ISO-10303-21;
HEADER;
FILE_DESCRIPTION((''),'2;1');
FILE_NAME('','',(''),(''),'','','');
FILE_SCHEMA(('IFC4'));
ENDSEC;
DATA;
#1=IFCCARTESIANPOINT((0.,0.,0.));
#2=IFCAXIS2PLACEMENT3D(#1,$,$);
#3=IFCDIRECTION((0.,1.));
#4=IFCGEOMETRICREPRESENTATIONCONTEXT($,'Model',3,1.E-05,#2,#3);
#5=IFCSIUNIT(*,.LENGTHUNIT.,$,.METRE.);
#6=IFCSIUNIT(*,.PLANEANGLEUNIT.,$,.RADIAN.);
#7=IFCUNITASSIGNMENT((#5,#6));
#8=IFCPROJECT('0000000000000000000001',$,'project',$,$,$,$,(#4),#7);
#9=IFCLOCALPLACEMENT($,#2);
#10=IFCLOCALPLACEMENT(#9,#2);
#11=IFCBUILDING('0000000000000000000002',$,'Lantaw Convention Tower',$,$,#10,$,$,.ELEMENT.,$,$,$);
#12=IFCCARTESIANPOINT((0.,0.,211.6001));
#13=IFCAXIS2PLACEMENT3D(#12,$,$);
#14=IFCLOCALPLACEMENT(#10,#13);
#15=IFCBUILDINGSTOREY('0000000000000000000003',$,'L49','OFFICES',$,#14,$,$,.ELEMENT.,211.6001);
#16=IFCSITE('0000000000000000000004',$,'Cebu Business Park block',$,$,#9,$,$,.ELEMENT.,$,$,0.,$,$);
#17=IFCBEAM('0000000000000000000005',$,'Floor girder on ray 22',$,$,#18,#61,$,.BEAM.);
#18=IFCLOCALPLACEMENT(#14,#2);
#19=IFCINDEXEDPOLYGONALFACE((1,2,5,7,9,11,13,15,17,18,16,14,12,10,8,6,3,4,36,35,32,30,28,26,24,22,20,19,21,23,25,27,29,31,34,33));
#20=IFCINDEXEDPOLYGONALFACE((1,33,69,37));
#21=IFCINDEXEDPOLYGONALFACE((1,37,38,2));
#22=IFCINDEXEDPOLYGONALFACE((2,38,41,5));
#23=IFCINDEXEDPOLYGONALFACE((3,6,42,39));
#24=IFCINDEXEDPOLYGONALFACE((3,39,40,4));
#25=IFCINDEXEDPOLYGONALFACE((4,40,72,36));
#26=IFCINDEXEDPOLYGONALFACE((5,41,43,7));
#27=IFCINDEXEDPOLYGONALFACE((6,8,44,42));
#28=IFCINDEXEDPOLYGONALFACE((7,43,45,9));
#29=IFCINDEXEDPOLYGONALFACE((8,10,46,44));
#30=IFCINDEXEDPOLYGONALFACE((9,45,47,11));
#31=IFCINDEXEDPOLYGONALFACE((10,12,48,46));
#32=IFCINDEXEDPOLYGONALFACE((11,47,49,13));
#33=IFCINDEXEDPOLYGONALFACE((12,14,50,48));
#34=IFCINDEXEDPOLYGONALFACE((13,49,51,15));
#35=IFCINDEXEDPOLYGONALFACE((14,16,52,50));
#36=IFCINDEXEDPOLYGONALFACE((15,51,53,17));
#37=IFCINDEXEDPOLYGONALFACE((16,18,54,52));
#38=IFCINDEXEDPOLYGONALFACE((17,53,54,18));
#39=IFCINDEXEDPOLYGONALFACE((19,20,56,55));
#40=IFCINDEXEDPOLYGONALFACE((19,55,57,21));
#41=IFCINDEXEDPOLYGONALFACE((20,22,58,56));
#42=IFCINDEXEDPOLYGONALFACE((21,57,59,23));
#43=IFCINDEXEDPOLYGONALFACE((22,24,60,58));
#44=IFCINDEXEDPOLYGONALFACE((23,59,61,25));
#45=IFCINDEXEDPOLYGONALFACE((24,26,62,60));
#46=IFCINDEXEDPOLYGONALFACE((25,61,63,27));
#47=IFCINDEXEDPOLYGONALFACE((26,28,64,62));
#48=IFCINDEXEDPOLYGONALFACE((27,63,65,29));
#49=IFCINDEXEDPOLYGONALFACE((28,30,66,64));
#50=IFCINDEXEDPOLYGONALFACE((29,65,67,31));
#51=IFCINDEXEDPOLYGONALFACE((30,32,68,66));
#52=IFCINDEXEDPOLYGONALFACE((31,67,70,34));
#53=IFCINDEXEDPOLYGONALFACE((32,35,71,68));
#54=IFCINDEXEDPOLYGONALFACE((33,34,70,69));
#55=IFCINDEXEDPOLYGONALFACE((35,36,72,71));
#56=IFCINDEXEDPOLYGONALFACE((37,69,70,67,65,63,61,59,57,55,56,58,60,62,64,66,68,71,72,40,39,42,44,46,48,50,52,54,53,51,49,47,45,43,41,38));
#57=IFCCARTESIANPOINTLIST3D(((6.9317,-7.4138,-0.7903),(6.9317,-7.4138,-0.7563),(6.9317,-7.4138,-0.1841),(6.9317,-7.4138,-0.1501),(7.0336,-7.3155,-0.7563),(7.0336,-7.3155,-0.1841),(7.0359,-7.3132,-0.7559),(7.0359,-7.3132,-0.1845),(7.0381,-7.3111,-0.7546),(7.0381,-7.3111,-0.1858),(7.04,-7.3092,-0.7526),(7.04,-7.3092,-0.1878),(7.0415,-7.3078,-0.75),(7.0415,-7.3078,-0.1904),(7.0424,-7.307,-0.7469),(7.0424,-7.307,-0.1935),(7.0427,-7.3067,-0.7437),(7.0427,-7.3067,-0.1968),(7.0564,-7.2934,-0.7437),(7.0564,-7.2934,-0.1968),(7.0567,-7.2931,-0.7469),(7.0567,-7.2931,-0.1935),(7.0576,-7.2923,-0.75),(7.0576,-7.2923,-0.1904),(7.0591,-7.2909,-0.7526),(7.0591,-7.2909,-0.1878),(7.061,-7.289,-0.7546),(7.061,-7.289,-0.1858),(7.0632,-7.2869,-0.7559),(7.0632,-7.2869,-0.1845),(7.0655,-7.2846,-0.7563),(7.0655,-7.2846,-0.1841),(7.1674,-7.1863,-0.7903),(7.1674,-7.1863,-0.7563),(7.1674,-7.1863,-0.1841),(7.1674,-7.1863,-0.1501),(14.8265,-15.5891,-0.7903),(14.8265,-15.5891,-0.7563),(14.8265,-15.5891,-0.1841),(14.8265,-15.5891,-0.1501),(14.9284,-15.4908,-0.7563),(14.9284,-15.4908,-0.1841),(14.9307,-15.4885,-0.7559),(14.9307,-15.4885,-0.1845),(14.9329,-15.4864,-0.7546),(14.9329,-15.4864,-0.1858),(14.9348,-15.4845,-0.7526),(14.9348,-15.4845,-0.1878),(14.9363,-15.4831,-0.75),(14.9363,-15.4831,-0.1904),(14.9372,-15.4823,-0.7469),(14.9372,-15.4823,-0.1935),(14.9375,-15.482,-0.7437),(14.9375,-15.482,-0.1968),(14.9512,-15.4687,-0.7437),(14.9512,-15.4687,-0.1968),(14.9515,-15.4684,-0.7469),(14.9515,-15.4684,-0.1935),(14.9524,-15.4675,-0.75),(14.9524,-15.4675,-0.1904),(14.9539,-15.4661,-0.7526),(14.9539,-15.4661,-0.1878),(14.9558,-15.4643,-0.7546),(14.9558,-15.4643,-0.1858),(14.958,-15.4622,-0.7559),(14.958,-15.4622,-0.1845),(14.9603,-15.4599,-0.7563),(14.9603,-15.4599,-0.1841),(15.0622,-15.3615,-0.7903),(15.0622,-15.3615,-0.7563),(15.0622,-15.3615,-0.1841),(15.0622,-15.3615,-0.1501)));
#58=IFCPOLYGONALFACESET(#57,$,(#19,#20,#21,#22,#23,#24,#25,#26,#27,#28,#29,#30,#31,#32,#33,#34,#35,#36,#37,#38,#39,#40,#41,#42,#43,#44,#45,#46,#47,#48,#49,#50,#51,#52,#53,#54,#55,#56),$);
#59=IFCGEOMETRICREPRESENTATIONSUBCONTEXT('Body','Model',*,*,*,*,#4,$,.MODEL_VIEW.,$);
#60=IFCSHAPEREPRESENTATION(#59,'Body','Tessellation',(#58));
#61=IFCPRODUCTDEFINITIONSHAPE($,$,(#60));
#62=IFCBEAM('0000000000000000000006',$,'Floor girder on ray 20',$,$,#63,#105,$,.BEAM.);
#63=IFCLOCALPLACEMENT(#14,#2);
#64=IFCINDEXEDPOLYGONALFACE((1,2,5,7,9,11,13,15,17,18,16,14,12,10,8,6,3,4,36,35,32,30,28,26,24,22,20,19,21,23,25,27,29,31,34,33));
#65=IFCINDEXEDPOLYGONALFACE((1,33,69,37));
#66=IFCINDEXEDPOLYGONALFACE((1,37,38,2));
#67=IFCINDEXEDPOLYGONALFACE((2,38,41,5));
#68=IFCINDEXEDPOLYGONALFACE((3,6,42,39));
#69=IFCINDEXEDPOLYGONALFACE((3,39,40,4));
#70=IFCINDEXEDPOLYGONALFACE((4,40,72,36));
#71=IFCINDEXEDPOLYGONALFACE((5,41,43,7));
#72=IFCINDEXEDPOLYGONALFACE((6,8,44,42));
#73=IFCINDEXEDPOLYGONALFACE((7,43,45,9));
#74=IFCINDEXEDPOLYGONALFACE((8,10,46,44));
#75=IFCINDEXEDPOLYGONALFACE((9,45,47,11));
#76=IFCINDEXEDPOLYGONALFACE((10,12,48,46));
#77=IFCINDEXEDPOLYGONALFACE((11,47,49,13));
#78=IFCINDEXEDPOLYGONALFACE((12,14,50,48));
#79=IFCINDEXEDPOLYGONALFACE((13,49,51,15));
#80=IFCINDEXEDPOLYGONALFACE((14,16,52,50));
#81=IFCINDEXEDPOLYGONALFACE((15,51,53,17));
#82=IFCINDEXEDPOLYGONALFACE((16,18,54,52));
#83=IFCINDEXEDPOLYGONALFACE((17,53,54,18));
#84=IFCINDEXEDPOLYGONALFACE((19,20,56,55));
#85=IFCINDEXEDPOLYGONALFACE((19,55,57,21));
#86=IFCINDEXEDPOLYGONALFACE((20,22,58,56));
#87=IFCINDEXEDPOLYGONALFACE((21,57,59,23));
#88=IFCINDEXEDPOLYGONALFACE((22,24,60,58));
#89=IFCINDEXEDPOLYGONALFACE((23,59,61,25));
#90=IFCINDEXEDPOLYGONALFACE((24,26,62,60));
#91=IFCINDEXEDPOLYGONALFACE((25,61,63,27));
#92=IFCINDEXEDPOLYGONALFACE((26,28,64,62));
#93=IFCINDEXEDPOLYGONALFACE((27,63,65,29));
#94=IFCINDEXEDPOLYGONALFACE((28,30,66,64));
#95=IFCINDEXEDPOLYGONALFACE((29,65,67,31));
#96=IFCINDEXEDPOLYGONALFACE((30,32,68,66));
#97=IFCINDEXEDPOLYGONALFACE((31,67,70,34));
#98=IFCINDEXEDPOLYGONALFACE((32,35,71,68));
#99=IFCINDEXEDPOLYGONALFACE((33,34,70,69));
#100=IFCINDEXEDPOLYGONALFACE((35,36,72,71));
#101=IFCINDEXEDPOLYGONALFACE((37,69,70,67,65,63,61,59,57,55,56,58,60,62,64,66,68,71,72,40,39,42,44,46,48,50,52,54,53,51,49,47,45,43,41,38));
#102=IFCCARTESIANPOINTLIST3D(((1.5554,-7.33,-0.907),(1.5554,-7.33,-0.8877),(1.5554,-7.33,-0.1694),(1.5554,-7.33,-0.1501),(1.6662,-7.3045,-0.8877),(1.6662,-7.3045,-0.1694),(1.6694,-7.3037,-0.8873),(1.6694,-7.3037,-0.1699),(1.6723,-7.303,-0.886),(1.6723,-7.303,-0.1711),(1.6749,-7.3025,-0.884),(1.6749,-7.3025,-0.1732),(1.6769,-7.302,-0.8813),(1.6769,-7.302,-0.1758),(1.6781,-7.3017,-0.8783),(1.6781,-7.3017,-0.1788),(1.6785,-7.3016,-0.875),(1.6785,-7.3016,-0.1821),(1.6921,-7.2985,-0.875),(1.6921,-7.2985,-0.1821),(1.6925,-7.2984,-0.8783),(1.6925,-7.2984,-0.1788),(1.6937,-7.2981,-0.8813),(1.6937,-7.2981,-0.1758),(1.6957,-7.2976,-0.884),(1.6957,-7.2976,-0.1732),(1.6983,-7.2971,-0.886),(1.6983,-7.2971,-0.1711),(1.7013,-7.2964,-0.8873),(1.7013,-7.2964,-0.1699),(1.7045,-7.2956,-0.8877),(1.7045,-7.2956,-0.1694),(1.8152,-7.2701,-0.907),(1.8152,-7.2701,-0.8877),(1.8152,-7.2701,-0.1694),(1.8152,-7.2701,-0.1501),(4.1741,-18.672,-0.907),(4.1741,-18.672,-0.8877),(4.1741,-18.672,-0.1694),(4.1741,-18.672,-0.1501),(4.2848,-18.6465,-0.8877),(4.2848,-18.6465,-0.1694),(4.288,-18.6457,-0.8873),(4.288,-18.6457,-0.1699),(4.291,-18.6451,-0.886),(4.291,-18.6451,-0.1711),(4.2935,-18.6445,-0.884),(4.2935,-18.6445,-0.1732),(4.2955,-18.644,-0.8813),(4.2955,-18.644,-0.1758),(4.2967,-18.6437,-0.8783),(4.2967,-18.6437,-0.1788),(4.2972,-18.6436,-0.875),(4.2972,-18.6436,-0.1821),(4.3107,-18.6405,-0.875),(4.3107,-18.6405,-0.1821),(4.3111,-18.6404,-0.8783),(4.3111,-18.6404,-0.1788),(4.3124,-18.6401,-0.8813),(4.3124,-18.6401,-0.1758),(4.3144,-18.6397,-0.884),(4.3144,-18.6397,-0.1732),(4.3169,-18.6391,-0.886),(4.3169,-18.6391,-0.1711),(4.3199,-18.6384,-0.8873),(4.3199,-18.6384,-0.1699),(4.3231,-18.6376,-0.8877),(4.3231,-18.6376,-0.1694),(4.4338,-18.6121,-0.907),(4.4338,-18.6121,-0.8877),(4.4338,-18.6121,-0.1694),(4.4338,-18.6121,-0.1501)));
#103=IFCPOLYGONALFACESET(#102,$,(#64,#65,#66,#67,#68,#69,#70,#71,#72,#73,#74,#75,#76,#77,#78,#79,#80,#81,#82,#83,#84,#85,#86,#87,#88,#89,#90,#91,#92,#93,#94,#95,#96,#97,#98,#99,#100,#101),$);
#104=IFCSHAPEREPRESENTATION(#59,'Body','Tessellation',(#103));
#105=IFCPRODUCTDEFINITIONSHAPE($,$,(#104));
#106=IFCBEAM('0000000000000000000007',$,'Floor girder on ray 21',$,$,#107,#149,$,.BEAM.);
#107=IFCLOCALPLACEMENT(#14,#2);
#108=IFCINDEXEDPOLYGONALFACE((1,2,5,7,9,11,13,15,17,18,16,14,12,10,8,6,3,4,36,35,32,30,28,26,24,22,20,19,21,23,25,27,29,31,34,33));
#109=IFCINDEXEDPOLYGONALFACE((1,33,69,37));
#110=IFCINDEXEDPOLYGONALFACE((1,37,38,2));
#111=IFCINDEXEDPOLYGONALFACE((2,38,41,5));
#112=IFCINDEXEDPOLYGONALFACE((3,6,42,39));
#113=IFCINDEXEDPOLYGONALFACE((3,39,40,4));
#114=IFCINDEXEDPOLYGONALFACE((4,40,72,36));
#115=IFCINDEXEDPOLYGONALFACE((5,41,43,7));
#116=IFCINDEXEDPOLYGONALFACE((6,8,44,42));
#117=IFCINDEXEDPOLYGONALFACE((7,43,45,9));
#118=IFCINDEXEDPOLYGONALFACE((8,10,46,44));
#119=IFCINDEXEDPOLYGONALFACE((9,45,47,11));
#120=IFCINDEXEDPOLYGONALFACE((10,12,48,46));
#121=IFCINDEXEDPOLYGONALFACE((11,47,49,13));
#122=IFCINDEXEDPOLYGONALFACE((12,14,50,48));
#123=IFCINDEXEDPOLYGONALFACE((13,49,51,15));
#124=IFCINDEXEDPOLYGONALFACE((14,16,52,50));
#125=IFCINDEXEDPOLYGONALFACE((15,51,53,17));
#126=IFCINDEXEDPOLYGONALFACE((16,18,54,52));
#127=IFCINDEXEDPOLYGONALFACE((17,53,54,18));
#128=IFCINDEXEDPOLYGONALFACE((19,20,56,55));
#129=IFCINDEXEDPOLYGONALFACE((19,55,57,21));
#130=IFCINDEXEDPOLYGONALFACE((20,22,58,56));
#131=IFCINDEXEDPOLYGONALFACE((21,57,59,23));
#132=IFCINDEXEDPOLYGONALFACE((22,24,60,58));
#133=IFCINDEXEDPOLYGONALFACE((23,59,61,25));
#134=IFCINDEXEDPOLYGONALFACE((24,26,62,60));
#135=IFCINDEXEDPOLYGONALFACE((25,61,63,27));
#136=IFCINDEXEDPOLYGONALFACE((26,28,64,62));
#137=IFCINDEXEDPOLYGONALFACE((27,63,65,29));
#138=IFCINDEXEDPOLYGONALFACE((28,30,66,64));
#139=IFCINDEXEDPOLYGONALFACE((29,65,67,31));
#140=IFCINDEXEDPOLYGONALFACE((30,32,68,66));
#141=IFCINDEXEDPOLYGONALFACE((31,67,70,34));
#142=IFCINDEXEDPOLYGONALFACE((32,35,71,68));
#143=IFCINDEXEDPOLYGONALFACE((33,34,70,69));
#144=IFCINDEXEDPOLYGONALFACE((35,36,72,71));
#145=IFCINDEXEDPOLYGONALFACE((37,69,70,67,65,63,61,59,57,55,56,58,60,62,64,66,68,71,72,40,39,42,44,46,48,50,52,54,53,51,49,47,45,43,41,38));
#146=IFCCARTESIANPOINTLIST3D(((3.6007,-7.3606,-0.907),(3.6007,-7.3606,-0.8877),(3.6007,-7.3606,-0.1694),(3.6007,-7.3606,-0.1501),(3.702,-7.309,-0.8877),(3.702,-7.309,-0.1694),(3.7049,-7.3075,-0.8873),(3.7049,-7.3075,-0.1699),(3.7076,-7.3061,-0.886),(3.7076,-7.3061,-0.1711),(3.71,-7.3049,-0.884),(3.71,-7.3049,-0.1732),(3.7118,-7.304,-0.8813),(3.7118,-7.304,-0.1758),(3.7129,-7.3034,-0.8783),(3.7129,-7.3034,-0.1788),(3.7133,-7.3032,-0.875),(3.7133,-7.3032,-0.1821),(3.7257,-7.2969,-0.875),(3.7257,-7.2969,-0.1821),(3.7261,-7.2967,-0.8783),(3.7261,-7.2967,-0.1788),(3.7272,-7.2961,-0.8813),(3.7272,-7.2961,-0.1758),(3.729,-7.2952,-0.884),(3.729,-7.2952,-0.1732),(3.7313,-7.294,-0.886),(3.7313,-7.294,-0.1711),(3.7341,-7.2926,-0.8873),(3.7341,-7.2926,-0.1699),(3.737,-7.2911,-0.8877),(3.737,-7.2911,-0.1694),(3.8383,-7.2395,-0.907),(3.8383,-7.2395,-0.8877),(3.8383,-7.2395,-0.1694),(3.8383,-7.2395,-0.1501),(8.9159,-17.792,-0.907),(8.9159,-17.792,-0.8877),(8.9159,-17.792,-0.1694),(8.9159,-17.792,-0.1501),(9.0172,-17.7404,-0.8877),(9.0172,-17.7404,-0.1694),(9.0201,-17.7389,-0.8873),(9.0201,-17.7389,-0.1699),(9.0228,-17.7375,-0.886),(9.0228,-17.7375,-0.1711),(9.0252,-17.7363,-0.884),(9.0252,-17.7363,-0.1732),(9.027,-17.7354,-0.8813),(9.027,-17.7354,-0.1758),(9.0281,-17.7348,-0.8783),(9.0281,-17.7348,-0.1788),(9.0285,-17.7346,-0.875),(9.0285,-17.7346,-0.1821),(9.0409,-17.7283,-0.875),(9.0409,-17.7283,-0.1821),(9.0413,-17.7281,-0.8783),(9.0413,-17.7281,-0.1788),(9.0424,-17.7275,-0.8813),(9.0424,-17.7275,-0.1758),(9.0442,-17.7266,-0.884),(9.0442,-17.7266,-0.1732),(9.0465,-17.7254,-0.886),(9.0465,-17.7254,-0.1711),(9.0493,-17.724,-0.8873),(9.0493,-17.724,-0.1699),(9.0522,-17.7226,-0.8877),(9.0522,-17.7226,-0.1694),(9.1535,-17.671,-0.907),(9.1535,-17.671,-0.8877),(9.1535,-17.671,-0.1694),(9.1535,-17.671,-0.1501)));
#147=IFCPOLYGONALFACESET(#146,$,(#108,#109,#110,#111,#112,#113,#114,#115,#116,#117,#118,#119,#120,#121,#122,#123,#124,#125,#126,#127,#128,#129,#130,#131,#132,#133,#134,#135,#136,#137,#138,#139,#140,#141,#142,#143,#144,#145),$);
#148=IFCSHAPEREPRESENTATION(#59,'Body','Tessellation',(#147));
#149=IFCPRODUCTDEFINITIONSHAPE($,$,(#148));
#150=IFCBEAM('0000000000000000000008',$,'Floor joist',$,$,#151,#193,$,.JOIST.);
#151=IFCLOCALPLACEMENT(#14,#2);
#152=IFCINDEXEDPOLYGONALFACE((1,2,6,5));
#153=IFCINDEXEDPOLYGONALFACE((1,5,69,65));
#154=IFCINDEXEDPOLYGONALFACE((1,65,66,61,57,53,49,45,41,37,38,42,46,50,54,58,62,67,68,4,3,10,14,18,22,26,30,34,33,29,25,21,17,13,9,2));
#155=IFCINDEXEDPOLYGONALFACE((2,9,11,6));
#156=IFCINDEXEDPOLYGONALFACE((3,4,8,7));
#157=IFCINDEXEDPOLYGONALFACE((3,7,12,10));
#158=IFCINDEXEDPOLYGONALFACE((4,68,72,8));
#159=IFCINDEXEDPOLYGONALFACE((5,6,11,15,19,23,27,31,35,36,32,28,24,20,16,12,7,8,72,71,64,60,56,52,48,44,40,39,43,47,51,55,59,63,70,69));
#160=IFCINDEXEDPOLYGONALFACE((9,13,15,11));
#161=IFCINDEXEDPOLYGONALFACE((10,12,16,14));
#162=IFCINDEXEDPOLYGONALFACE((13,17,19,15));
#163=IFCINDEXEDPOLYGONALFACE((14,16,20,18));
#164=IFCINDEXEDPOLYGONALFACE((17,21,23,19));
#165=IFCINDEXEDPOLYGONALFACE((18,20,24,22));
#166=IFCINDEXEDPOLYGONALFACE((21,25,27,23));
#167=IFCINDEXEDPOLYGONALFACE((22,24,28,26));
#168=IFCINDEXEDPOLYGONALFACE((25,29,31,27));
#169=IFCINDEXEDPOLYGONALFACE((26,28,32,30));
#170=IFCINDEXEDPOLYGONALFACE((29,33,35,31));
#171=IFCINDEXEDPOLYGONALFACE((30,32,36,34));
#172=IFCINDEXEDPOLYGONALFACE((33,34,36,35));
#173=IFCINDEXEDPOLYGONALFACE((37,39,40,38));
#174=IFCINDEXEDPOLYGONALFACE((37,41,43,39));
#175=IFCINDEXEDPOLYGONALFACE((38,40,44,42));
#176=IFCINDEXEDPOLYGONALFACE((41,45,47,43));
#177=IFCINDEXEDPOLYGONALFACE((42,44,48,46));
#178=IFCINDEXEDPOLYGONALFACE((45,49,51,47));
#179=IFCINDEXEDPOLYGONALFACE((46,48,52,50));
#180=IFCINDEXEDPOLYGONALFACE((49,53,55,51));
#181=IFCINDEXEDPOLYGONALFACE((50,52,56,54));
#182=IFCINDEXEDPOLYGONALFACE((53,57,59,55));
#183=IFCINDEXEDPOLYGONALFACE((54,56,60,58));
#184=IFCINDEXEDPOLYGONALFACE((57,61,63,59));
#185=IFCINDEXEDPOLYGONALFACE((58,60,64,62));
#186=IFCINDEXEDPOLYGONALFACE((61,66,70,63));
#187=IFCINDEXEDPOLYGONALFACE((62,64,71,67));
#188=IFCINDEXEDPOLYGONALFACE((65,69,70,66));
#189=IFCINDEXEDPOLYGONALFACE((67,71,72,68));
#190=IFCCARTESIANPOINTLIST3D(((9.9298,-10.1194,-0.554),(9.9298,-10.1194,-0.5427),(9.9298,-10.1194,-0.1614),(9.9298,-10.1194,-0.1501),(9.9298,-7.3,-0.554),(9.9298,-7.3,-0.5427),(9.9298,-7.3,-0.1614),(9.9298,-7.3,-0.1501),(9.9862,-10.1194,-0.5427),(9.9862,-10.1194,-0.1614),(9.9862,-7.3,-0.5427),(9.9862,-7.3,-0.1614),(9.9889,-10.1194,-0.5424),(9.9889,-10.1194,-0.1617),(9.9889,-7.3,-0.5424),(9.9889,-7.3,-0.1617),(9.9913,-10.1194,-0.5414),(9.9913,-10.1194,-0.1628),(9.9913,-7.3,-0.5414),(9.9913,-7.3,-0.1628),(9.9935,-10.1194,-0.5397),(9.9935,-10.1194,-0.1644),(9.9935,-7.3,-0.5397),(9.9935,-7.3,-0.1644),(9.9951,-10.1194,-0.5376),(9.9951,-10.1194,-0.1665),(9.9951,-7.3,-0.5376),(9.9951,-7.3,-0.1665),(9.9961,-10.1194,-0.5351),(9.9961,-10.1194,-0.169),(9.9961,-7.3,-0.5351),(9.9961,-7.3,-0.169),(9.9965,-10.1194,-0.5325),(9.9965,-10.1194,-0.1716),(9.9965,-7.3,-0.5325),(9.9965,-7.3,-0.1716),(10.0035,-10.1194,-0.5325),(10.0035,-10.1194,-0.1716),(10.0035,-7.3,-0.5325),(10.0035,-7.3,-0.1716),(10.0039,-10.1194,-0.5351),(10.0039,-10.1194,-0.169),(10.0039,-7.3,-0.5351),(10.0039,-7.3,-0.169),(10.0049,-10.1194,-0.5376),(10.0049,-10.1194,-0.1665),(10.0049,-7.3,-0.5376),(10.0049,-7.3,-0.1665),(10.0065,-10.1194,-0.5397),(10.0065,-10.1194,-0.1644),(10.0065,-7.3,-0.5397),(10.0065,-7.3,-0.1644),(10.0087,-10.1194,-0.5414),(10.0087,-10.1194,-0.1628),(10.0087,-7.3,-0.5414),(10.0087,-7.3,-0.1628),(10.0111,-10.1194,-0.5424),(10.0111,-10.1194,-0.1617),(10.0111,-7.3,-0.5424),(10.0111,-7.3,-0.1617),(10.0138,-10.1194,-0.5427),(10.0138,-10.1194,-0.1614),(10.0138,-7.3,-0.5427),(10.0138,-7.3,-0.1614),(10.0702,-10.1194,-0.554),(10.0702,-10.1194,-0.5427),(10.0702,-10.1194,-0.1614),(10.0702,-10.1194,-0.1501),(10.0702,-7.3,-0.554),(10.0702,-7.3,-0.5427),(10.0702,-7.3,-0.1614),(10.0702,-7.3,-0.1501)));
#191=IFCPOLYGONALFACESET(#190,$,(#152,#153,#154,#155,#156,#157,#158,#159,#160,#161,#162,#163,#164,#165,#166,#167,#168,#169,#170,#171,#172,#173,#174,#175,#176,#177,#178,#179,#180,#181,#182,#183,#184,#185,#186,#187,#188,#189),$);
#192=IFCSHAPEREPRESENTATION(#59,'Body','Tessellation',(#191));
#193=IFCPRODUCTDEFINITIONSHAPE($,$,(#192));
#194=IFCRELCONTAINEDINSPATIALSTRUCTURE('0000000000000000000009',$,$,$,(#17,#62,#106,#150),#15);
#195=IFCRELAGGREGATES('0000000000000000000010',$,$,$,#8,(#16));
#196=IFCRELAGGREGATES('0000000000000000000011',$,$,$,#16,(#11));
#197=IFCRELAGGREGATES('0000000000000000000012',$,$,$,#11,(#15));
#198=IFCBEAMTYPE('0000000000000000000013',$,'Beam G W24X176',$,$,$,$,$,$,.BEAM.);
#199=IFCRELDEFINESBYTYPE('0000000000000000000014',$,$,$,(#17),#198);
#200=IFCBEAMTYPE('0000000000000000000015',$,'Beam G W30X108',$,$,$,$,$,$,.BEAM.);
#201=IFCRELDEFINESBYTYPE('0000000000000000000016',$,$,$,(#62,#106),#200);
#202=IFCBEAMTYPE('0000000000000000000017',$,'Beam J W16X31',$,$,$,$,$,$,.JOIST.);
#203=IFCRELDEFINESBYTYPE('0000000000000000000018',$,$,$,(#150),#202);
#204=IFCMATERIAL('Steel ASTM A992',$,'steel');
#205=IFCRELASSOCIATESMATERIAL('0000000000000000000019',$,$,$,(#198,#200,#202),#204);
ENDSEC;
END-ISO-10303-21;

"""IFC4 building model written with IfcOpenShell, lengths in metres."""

from ifc_helpers import new_model, si_unit, direction, frame, origin, origin_2d, place, context, subcontext, project, spatial, i_section, extrude, material, material_profile, profile_set, type_object, element, save


model = new_model("IFC4")

# Units and contexts
model_context = context("Model", 3, precision=1e-05, world=origin(), true_north=direction((0.0, 1.0)))
body_context = subcontext(model_context, "Body", "Model", "MODEL_VIEW")
ifc_project = project(units=[si_unit("LENGTHUNIT", "METRE"), si_unit("PLANEANGLEUNIT", "RADIAN")], contexts=[model_context])

# Site, building, storey
site_placement = place(None, origin())
site = spatial("IfcSite", under=ifc_project, at=site_placement, Name="Cebu Business Park block", CompositionType="ELEMENT", RefElevation=0.0)
building_placement = place(site_placement, origin())
building = spatial("IfcBuilding", under=site, at=building_placement, Name="Lantaw Convention Tower", CompositionType="ELEMENT")
storey_placement = place(building_placement, frame((0.0, 0.0, 211.6001)))
storey = spatial("IfcBuildingStorey", under=building, at=storey_placement, Name="L49", Description="OFFICES", CompositionType="ELEMENT", Elevation=211.6001)

# Beams
ifc_material_1 = material(Name="Steel ASTM A992", Category="steel")
ifc_material_profile_1 = material_profile(ifc_material_1, i_section(OverallWidth=0.3276, OverallDepth=0.6401, WebThickness=0.019, FlangeThickness=0.0339, FilletRadius=0.0127, at=origin_2d()), Name="W24X176")
ifc_profile_set_1 = profile_set([ifc_material_profile_1], Name="Steel ASTM A992")
beam_type_1 = type_object("IfcBeamType", Name="Beam G W24X176", PredefinedType="BEAM", material=ifc_profile_set_1)
beam_1_placement = place(storey_placement, frame((7.0496, -7.3, -0.4702), z_axis=(0.694658, -0.71934, 0.0), x_axis=(0.71934, 0.694658, 0.0)))
element("IfcBeam", 1, at=beam_1_placement, inside=storey, type_object=beam_type_1, Name="Floor girder on ray 22", PredefinedType="BEAM", context=body_context, shape_type="SweptSolid", body=[
    extrude(i_section(OverallWidth=0.3276, OverallDepth=0.6401, WebThickness=0.019, FlangeThickness=0.0339, FilletRadius=0.0127, at=origin_2d()), origin(), (0.0, 0.0, 1.0), 11.365),
])
ifc_material_profile_2 = material_profile(ifc_material_1, i_section(OverallWidth=0.2666, OverallDepth=0.7568, WebThickness=0.0139, FlangeThickness=0.0193, FilletRadius=0.0127, at=origin_2d()), Name="W30X108")
ifc_profile_set_2 = profile_set([ifc_material_profile_2], Name="Steel ASTM A992")
beam_type_2 = type_object("IfcBeamType", Name="Beam G W30X108", PredefinedType="BEAM", material=ifc_profile_set_2)
beam_2_placement = place(storey_placement, frame((1.6853, -7.3, -0.5286), z_axis=(0.224962, -0.974368, 0.0), x_axis=(0.974368, 0.224962, 0.0)))
element("IfcBeam", 2, at=beam_2_placement, inside=storey, type_object=beam_type_2, Name="Floor girder on ray 20", PredefinedType="BEAM", context=body_context, shape_type="SweptSolid", body=[
    extrude(i_section(OverallWidth=0.2666, OverallDepth=0.7568, WebThickness=0.0139, FlangeThickness=0.0193, FilletRadius=0.0127, at=origin_2d()), origin(), (0.0, 0.0, 1.0), 11.6404),
])
beam_3_placement = place(storey_placement, frame((3.7195, -7.3, -0.5286), z_axis=(0.453999, -0.891002, 0.0), x_axis=(0.891002, 0.453999, 0.0)))
element("IfcBeam", 3, at=beam_3_placement, inside=storey, type_object=beam_type_2, Name="Floor girder on ray 21", PredefinedType="BEAM", context=body_context, shape_type="SweptSolid", body=[
    extrude(i_section(OverallWidth=0.2666, OverallDepth=0.7568, WebThickness=0.0139, FlangeThickness=0.0193, FilletRadius=0.0127, at=origin_2d()), origin(), (0.0, 0.0, 1.0), 11.7075),
])
ifc_material_profile_3 = material_profile(ifc_material_1, i_section(OverallWidth=0.1404, OverallDepth=0.4038, WebThickness=0.0071, FlangeThickness=0.0112, FilletRadius=0.0103, at=origin_2d()), Name="W16X31")
ifc_profile_set_3 = profile_set([ifc_material_profile_3], Name="Steel ASTM A992")
beam_type_3 = type_object("IfcBeamType", Name="Beam J W16X31", PredefinedType="JOIST", material=ifc_profile_set_3)
beam_4_placement = place(storey_placement, frame((10.0, -10.1194, -0.3521), z_axis=(0.0, 1.0, 0.0), x_axis=(-1.0, 0.0, 0.0)))
element("IfcBeam", 4, at=beam_4_placement, inside=storey, type_object=beam_type_3, Name="Floor joist", PredefinedType="JOIST", context=body_context, shape_type="SweptSolid", body=[
    extrude(i_section(OverallWidth=0.1404, OverallDepth=0.4038, WebThickness=0.0071, FlangeThickness=0.0112, FilletRadius=0.0103, at=origin_2d()), origin(), (0.0, 0.0, 1.0), 2.8193),
])

save(model, "model.ifc")
